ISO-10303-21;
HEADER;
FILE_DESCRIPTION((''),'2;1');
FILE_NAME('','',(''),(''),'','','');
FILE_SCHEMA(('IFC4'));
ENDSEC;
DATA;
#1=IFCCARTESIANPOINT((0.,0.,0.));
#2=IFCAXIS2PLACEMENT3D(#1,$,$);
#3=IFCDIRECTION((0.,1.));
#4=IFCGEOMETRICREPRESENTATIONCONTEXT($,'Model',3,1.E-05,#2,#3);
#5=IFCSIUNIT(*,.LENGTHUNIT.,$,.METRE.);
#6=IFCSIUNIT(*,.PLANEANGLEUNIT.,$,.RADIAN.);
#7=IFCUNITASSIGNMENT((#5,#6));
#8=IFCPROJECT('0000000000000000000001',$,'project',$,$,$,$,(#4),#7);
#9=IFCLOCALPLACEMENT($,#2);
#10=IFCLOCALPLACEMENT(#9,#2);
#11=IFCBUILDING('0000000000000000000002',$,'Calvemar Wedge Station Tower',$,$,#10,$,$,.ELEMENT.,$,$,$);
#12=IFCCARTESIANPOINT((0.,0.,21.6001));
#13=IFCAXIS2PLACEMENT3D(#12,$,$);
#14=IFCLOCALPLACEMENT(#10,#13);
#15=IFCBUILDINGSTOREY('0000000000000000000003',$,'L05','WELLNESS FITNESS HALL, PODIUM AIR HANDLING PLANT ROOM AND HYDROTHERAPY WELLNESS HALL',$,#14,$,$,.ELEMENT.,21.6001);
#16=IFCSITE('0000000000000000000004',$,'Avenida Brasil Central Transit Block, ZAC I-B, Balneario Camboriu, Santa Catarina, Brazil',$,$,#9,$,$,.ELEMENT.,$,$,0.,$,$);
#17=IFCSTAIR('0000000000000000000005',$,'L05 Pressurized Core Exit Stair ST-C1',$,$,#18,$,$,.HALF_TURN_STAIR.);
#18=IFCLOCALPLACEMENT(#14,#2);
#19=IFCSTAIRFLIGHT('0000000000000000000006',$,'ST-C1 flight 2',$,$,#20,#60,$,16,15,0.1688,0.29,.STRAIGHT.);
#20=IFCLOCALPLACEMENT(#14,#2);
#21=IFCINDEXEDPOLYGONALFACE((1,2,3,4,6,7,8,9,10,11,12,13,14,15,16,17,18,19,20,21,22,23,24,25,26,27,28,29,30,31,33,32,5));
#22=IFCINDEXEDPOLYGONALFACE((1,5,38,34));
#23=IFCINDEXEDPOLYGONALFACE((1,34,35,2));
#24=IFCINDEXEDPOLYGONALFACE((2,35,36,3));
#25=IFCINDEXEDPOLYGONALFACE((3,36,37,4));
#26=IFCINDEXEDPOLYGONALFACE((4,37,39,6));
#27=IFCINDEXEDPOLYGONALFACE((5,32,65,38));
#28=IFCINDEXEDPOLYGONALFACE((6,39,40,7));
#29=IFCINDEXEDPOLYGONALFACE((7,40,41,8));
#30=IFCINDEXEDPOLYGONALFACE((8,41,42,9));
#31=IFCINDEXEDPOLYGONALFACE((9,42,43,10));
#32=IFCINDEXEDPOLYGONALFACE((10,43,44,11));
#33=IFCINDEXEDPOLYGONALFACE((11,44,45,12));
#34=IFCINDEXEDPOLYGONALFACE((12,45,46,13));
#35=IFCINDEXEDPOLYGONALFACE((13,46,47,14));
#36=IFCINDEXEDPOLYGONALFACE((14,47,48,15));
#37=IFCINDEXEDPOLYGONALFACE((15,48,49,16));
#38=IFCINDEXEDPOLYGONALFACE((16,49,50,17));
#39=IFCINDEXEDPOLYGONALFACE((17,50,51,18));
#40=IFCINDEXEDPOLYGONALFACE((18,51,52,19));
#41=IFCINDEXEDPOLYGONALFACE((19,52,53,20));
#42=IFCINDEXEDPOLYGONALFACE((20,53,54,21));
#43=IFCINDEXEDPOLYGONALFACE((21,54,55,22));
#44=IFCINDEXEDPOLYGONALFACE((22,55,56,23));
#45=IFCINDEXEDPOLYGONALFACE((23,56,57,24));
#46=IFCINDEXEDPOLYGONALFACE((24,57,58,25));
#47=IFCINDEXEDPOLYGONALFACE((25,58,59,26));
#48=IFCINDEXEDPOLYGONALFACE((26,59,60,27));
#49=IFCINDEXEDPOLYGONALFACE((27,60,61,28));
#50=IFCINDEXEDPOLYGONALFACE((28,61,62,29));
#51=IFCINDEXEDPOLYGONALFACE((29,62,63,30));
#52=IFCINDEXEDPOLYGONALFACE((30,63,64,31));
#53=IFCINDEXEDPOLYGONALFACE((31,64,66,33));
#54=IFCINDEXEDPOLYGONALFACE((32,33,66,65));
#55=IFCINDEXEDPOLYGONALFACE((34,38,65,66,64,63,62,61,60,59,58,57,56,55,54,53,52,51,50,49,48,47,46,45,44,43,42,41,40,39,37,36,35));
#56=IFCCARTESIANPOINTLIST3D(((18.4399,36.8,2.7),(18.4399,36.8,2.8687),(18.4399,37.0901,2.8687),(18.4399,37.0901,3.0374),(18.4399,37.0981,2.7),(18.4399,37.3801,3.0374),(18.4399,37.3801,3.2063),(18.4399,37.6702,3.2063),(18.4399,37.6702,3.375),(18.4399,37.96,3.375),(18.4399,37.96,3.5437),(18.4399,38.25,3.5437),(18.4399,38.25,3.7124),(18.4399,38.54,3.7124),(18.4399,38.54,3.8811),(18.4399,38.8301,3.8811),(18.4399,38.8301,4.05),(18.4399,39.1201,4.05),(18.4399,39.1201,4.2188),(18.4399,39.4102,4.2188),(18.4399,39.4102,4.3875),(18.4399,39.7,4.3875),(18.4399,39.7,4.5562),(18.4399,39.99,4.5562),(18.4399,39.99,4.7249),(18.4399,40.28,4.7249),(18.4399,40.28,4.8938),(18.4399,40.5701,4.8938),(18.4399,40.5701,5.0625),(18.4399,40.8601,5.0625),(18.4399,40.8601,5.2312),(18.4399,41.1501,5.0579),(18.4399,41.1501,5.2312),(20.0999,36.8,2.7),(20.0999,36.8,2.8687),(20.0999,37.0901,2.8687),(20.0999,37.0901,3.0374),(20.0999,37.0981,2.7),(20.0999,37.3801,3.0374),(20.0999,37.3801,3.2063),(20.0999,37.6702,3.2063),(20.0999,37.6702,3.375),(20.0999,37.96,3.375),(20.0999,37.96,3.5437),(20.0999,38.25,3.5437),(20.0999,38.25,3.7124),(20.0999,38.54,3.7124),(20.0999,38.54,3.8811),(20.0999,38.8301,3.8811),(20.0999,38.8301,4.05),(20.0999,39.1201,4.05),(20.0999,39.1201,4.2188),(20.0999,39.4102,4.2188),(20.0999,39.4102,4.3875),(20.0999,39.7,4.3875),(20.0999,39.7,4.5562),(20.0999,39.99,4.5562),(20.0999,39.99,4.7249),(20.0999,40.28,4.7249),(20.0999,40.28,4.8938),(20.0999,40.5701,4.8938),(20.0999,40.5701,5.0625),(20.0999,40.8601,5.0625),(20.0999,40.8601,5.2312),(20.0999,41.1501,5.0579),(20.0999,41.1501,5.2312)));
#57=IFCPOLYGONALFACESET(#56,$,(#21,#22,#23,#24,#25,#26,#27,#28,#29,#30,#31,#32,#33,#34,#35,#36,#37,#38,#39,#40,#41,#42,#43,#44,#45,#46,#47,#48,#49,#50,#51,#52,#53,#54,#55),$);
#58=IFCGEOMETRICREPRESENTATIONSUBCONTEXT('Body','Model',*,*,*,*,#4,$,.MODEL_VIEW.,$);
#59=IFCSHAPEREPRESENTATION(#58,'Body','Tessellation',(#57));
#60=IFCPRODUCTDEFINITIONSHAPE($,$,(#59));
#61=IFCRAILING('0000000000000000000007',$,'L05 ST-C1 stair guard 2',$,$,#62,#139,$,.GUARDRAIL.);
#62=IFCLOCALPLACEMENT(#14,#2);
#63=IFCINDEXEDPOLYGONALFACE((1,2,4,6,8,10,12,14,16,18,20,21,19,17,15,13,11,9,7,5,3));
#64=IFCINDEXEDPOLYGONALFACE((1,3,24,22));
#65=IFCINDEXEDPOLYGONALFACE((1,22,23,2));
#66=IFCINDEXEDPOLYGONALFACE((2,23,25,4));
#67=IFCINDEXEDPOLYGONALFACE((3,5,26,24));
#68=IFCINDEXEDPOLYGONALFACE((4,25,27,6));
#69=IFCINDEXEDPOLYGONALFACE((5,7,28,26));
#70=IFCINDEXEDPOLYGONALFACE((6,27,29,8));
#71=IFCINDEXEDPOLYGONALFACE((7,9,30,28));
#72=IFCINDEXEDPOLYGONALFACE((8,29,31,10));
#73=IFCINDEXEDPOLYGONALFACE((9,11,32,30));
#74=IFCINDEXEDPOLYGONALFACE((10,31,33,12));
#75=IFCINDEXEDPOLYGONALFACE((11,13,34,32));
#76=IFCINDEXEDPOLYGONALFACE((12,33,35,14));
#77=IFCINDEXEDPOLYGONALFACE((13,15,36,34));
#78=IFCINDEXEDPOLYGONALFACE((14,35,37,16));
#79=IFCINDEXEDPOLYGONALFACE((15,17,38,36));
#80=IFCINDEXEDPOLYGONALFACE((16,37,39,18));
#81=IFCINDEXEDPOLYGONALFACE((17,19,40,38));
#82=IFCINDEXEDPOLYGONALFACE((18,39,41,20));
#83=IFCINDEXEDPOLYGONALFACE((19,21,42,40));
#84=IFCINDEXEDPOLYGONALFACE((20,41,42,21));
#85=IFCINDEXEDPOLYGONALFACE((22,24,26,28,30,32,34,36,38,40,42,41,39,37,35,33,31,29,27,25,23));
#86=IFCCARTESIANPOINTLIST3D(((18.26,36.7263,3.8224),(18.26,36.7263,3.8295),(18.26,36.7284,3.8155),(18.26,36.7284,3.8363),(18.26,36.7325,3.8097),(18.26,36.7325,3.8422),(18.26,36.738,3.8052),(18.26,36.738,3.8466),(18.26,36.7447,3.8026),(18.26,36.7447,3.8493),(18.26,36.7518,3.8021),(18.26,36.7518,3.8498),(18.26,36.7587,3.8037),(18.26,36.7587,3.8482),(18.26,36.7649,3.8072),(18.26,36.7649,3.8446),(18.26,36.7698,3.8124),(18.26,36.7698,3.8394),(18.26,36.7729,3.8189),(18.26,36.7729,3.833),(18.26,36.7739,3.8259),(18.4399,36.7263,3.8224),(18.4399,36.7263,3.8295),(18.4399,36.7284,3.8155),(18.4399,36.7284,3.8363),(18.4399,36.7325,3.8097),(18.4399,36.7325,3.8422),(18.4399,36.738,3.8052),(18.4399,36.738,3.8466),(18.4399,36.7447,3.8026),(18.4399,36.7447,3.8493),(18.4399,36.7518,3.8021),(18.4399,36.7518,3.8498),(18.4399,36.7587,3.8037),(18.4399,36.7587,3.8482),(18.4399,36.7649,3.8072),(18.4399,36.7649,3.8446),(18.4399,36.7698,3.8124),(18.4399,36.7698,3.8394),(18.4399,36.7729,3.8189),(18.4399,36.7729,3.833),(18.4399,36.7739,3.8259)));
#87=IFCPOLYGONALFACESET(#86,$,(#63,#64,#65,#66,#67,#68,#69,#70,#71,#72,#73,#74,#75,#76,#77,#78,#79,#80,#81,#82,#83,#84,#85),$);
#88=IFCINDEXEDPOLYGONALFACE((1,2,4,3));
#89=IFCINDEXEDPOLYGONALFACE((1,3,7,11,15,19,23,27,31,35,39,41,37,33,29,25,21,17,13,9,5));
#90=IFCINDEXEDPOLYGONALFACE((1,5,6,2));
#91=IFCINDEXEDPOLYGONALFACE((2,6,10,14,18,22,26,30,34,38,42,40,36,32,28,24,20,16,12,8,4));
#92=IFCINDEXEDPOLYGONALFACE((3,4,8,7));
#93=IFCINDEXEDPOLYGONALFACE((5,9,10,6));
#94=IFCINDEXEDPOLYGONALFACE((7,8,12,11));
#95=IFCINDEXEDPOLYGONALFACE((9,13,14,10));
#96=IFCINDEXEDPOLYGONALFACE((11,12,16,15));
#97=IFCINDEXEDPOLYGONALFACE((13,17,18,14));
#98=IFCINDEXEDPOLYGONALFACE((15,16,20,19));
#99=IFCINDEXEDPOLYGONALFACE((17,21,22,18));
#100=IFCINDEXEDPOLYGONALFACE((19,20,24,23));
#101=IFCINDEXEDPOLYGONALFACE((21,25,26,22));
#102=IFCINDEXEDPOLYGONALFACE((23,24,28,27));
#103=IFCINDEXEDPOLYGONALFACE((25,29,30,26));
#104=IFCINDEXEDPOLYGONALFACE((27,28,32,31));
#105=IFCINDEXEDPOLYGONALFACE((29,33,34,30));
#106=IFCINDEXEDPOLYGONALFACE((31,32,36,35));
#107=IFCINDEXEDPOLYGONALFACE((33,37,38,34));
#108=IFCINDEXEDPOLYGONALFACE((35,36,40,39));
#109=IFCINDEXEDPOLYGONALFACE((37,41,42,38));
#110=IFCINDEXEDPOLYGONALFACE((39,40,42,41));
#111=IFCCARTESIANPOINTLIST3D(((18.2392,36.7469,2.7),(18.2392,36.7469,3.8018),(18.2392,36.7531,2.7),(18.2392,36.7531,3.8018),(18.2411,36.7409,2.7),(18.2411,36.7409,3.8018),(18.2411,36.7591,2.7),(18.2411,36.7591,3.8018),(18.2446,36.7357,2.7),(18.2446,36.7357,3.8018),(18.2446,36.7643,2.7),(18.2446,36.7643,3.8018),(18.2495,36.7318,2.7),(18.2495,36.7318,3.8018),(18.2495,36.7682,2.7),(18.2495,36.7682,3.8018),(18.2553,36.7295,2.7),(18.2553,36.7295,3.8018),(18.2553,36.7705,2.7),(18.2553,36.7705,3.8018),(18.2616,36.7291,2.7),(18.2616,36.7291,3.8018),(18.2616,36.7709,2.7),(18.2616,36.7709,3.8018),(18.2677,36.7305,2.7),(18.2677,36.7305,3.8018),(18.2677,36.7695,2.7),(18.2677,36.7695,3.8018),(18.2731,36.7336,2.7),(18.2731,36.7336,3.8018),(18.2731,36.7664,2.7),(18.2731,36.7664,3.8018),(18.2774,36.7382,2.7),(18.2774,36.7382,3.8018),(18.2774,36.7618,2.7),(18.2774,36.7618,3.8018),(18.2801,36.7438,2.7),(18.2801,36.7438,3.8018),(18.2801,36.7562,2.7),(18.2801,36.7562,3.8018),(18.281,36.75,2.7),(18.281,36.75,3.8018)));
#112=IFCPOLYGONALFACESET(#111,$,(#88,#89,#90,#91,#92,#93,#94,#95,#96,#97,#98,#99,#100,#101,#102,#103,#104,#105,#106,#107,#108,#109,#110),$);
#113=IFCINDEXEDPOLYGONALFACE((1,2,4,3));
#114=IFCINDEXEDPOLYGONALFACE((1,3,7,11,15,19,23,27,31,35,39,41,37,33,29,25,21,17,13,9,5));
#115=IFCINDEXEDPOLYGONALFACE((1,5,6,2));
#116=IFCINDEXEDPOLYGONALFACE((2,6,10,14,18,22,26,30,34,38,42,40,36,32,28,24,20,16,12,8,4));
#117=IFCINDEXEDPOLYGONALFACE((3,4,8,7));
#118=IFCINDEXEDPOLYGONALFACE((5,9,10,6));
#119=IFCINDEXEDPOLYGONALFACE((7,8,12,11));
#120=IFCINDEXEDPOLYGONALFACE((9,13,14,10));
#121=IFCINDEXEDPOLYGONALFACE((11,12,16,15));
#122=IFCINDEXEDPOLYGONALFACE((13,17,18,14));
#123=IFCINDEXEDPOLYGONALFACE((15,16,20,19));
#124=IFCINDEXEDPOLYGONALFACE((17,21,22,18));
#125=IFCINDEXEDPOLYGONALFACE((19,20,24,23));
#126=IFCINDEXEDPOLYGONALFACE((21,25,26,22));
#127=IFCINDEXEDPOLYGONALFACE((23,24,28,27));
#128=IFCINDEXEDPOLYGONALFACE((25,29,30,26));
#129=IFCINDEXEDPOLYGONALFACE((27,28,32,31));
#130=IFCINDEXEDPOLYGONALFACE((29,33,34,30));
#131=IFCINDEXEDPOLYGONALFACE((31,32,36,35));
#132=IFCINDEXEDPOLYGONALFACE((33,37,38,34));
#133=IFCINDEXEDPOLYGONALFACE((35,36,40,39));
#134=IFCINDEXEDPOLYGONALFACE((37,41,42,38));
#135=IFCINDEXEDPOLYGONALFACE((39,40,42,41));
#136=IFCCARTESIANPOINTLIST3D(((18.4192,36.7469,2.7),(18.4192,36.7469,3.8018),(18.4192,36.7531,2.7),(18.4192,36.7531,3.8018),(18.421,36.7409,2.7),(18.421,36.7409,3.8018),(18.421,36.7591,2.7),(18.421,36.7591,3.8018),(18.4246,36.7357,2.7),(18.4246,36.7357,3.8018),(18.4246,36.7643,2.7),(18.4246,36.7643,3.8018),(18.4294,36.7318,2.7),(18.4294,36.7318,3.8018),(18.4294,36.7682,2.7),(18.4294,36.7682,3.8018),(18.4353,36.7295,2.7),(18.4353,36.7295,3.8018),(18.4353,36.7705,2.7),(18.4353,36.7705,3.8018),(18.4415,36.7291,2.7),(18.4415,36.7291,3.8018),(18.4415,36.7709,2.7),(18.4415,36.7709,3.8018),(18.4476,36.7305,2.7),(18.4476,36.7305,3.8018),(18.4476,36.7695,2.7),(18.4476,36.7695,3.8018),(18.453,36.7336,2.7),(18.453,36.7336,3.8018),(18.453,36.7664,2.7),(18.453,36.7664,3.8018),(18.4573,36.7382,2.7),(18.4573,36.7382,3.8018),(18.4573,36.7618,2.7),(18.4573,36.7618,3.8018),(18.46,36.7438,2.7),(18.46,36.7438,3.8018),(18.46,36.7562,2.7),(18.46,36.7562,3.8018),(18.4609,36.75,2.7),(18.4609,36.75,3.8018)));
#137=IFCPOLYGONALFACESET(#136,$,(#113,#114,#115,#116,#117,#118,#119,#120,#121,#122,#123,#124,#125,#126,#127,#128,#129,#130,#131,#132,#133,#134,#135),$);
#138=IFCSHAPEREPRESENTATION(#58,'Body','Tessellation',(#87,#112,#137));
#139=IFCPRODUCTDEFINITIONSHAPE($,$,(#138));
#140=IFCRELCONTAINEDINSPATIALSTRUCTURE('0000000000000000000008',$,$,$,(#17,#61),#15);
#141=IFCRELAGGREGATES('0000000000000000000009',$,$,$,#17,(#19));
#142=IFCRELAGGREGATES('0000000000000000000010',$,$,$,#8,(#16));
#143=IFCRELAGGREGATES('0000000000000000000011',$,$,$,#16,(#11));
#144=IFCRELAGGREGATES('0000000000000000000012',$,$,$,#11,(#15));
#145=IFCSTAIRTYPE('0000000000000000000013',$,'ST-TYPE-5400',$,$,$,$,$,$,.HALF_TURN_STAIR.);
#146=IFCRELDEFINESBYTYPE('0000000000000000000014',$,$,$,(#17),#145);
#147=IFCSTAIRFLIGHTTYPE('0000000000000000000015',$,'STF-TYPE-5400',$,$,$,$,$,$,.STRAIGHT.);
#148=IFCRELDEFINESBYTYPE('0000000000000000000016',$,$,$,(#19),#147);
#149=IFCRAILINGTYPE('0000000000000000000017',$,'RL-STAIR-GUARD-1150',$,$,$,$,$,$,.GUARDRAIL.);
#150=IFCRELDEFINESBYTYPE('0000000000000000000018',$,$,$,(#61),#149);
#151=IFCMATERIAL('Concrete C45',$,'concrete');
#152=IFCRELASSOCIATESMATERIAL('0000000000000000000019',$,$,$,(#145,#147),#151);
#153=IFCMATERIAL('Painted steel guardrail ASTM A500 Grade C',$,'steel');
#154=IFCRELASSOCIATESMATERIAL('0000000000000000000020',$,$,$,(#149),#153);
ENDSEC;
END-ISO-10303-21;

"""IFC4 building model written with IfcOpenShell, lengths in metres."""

from ifc_helpers import new_model, si_unit, direction, frame, origin, origin_2d, place, context, subcontext, project, spatial, polyline, circle, outline, extrude, material, type_object, element, aggregate, save


model = new_model("IFC4")

# Units and contexts
model_context = context("Model", 3, precision=1e-05, world=origin(), true_north=direction((0.0, 1.0)))
body_context = subcontext(model_context, "Body", "Model", "MODEL_VIEW")
ifc_project = project(units=[si_unit("LENGTHUNIT", "METRE"), si_unit("PLANEANGLEUNIT", "RADIAN")], contexts=[model_context])

# Site, building, storey
site_placement = place(None, origin())
site = spatial("IfcSite", under=ifc_project, at=site_placement, Name="Avenida Brasil Central Transit Block, ZAC I-B, Balneario Camboriu, Santa Catarina, Brazil", CompositionType="ELEMENT", RefElevation=0.0)
building_placement = place(site_placement, origin())
building = spatial("IfcBuilding", under=site, at=building_placement, Name="Calvemar Wedge Station Tower", CompositionType="ELEMENT")
storey_placement = place(building_placement, frame((0.0, 0.0, 21.6001)))
storey = spatial("IfcBuildingStorey", under=building, at=storey_placement, Name="L05", Description="WELLNESS FITNESS HALL, PODIUM AIR HANDLING PLANT ROOM AND HYDROTHERAPY WELLNESS HALL", CompositionType="ELEMENT", Elevation=21.6001)

# Stair, stair flight
ifc_material_1 = material(Name="Concrete C45", Category="concrete")
stair_type = type_object("IfcStairType", Name="ST-TYPE-5400", PredefinedType="HALF_TURN_STAIR", material=ifc_material_1)
stair_placement = place(storey_placement, origin())
stair = element("IfcStair", 1, at=stair_placement, inside=storey, type_object=stair_type, Name="L05 Pressurized Core Exit Stair ST-C1", PredefinedType="HALF_TURN_STAIR")
stair_flight_type = type_object("IfcStairFlightType", Name="STF-TYPE-5400", PredefinedType="STRAIGHT", material=ifc_material_1)
stair_flight_placement = place(storey_placement, frame((19.27, 36.8, 2.7), z_axis=(0.0, 0.0, 1.0), x_axis=(0.0, 1.0, 0.0)))
stair_flight = element("IfcStairFlight", 2, at=stair_flight_placement, type_object=stair_flight_type, Name="ST-C1 flight 2", NumberOfRisers=16, NumberOfTreads=15, PredefinedType="STRAIGHT", RiserHeight=0.1688, TreadLength=0.29, context=body_context, shape_type="SweptSolid", body=[
    extrude(outline(polyline([(0.0, 0.0), (0.0, 0.1687), (0.29, 0.1687), (0.29, 0.3374), (0.5801, 0.3374), (0.5801, 0.5063), (0.8701, 0.5063), (0.8701, 0.675), (1.1599, 0.675), (1.1599, 0.8438), (1.45, 0.8438), (1.45, 1.0125), (1.74, 1.0125), (1.74, 1.1812), (2.03, 1.1812), (2.03, 1.3501), (2.3201, 1.3501), (2.3201, 1.5188), (2.6101, 1.5188), (2.6101, 1.6875), (2.8999, 1.6875), (2.8999, 1.8562), (3.1899, 1.8562), (3.1899, 2.0249), (3.48, 2.0249), (3.48, 2.1938), (3.77, 2.1938), (3.77, 2.3625), (4.0601, 2.3625), (4.0601, 2.5312), (4.3501, 2.5312), (4.3501, 2.7), (4.3501, 2.3579), (0.2981, 0.0), (0.0, 0.0)])), frame((0.0, 0.8301, 0.0), z_axis=(0.0, -1.0, 0.0), x_axis=(1.0, 0.0, 0.0)), (0.0, 0.0, 1.0), 1.6599),
])
aggregate(stair, [stair_flight])

# Railing
ifc_material_2 = material(Name="Painted steel guardrail ASTM A500 Grade C", Category="steel")
railing_type_1 = type_object("IfcRailingType", Name="RL-STAIR-GUARD-1150", PredefinedType="GUARDRAIL", material=ifc_material_2)
railing_1_placement = place(storey_placement, frame((18.26, 36.75, 2.7)))
element("IfcRailing", 3, at=railing_1_placement, inside=storey, type_object=railing_type_1, Name="L05 ST-C1 stair guard 2", PredefinedType="GUARDRAIL", context=body_context, shape_type="SweptSolid", body=[
    extrude(circle(Radius=0.0239, at=origin_2d()), frame((0.0, 0.0, 1.126), z_axis=(1.0, 0.0, 0.0), x_axis=(0.0, 1.0, 0.0)), (0.0, 0.0, 1.0), 0.1799),
    extrude(circle(Radius=0.021, at=origin_2d()), origin(), (0.0, 0.0, 1.0), 1.1018),
    extrude(circle(Radius=0.021, at=origin_2d()), frame((0.1799, 0.0, 0.0)), (0.0, 0.0, 1.0), 1.1018),
])

save(model, "model.ifc")
